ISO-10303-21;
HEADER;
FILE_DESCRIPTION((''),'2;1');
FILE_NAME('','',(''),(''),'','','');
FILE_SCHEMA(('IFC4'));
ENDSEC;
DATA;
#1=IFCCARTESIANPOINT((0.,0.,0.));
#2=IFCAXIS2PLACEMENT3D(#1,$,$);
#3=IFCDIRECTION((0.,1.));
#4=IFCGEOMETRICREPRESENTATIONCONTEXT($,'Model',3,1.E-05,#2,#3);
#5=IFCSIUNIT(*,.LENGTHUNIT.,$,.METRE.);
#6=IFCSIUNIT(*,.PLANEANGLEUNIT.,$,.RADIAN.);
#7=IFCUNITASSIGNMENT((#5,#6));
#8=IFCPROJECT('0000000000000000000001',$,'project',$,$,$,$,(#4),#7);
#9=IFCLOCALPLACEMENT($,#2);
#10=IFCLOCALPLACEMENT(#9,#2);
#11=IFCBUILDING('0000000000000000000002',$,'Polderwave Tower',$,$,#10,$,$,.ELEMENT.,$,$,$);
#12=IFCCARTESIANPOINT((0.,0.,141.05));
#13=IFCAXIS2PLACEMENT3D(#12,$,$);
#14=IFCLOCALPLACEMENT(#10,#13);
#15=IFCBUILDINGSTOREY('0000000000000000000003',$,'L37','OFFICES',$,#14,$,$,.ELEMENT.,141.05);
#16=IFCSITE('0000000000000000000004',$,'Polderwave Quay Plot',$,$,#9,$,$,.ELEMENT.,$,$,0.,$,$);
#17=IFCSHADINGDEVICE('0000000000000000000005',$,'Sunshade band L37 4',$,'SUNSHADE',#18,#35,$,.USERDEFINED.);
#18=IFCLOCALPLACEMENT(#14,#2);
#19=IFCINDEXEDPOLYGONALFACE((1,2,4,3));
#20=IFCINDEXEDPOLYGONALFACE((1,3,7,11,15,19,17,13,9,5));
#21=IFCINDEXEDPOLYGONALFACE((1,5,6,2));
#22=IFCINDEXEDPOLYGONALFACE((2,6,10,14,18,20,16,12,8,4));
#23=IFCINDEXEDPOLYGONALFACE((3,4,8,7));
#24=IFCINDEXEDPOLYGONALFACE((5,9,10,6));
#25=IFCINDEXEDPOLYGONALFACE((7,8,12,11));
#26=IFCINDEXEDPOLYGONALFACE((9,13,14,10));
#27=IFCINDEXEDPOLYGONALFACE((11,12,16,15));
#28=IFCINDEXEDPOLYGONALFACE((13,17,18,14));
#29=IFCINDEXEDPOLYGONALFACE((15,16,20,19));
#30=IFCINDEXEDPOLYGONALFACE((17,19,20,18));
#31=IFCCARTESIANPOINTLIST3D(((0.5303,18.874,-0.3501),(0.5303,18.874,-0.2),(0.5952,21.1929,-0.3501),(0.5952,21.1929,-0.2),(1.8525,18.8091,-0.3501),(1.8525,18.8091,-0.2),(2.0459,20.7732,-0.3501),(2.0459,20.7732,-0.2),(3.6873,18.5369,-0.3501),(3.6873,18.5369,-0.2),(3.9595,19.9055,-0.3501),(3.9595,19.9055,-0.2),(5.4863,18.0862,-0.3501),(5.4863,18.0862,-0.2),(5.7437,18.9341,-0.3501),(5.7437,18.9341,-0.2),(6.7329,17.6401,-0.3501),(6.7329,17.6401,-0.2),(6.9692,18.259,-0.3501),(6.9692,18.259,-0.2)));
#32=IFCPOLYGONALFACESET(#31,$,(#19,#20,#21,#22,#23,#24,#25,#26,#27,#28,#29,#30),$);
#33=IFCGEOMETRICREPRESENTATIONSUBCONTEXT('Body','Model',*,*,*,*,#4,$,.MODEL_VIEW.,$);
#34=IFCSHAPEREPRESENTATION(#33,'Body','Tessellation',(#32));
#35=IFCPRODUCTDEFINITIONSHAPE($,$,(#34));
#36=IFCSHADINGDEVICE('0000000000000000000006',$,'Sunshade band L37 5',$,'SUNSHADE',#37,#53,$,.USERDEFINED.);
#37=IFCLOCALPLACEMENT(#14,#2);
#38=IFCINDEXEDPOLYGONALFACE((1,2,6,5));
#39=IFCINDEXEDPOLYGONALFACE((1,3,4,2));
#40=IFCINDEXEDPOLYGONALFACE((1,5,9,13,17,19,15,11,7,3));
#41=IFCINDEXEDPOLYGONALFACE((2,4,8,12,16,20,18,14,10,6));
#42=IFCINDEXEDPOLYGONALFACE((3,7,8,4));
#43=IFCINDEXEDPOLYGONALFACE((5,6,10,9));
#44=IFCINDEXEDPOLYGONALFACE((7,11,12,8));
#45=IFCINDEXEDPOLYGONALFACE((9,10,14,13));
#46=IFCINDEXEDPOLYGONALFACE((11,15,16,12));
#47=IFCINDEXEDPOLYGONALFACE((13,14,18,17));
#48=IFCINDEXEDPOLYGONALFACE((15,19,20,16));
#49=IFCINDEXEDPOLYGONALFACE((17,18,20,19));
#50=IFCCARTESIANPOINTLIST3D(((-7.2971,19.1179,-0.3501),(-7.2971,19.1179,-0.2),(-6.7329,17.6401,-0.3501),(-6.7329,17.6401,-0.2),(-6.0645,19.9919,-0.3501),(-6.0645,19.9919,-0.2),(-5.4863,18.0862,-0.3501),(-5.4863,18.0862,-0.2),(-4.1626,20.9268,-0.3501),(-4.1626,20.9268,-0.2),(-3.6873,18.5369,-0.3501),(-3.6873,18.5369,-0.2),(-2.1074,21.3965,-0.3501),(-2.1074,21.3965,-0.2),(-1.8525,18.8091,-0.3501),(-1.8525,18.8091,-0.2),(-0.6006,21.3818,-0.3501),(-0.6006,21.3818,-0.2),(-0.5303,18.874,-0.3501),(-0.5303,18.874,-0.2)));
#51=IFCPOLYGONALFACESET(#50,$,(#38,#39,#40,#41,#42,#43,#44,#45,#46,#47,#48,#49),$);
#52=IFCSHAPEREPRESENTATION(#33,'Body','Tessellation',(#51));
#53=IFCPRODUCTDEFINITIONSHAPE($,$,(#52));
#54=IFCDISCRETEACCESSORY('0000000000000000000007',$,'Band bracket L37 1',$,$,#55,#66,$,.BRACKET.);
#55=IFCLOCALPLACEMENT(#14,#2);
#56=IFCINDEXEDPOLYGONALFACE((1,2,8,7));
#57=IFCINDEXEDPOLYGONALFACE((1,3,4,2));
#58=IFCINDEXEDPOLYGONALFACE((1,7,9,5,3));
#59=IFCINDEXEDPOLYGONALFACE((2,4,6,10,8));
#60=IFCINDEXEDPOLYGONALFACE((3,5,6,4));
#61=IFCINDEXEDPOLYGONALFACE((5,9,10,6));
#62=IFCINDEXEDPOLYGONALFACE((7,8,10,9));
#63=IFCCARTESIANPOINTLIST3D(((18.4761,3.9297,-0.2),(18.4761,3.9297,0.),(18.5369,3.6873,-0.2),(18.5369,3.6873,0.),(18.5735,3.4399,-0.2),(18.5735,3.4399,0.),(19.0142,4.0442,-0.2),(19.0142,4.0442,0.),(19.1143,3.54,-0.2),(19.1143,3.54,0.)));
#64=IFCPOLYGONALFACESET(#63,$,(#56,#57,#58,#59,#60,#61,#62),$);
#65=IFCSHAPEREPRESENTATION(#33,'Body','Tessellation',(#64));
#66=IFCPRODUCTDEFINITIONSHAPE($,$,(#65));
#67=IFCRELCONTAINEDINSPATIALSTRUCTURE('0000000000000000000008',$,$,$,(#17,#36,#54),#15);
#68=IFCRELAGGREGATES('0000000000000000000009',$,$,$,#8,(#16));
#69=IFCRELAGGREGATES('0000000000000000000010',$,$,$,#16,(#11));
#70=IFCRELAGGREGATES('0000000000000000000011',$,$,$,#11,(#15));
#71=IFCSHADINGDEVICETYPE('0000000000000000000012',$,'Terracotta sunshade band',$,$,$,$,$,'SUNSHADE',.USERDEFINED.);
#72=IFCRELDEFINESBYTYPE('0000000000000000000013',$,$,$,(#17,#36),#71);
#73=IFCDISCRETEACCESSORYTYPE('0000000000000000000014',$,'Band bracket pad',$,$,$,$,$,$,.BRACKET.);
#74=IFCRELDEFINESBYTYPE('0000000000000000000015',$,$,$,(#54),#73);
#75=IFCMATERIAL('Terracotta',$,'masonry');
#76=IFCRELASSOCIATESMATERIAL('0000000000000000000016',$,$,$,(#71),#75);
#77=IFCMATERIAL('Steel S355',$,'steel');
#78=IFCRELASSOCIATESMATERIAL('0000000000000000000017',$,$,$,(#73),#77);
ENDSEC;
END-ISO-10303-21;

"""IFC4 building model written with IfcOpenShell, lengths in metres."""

from ifc_helpers import new_model, si_unit, direction, frame, origin, place, context, subcontext, project, spatial, polyline, outline, extrude, material, type_object, element, save


model = new_model("IFC4")

# Units and contexts
model_context = context("Model", 3, precision=1e-05, world=origin(), true_north=direction((0.0, 1.0)))
body_context = subcontext(model_context, "Body", "Model", "MODEL_VIEW")
ifc_project = project(units=[si_unit("LENGTHUNIT", "METRE"), si_unit("PLANEANGLEUNIT", "RADIAN")], contexts=[model_context])

# Site, building, storey
site_placement = place(None, origin())
site = spatial("IfcSite", under=ifc_project, at=site_placement, Name="Polderwave Quay Plot", CompositionType="ELEMENT", RefElevation=0.0)
building_placement = place(site_placement, origin())
building = spatial("IfcBuilding", under=site, at=building_placement, Name="Polderwave Tower", CompositionType="ELEMENT")
storey_placement = place(building_placement, frame((0.0, 0.0, 141.05)))
storey = spatial("IfcBuildingStorey", under=building, at=storey_placement, Name="L37", Description="OFFICES", CompositionType="ELEMENT", Elevation=141.05)

# Shading devices
ifc_material_1 = material(Name="Terracotta", Category="masonry")
shading_device_type = type_object("IfcShadingDeviceType", Name="Terracotta sunshade band", ElementType="SUNSHADE", PredefinedType="USERDEFINED", material=ifc_material_1)
shading_device_1_placement = place(storey_placement, frame((0.0, 0.0, -0.3501)))
element("IfcShadingDevice", 1, at=shading_device_1_placement, inside=storey, type_object=shading_device_type, Name="Sunshade band L37 4", ObjectType="SUNSHADE", PredefinedType="USERDEFINED", context=body_context, shape_type="SweptSolid", body=[
    extrude(outline(polyline([(6.7329, 17.6401), (5.4863, 18.0862), (3.6873, 18.5369), (1.8525, 18.8091), (0.5303, 18.874), (0.5952, 21.1929), (2.0459, 20.7732), (3.9595, 19.9055), (5.7437, 18.9341), (6.9692, 18.259), (6.7329, 17.6401)])), origin(), (0.0, 0.0, 1.0), 0.1501),
])
shading_device_2_placement = place(storey_placement, frame((0.0, 0.0, -0.3501)))
element("IfcShadingDevice", 2, at=shading_device_2_placement, inside=storey, type_object=shading_device_type, Name="Sunshade band L37 5", ObjectType="SUNSHADE", PredefinedType="USERDEFINED", context=body_context, shape_type="SweptSolid", body=[
    extrude(outline(polyline([(-0.5303, 18.874), (-1.8525, 18.8091), (-3.6873, 18.5369), (-5.4863, 18.0862), (-6.7329, 17.6401), (-7.2971, 19.1179), (-6.0645, 19.9919), (-4.1626, 20.9268), (-2.1074, 21.3965), (-0.6006, 21.3818), (-0.5303, 18.874)])), origin(), (0.0, 0.0, 1.0), 0.1501),
])

# Discrete accessory
ifc_material_2 = material(Name="Steel S355", Category="steel")
discrete_accessory_type = type_object("IfcDiscreteAccessoryType", Name="Band bracket pad", PredefinedType="BRACKET", material=ifc_material_2)
discrete_accessory_placement = place(storey_placement, frame((0.0, 0.0, -0.2)))
element("IfcDiscreteAccessory", 3, at=discrete_accessory_placement, inside=storey, type_object=discrete_accessory_type, Name="Band bracket L37 1", PredefinedType="BRACKET", context=body_context, shape_type="SweptSolid", body=[
    extrude(outline(polyline([(18.5735, 3.4399), (18.5369, 3.6873), (18.4761, 3.9297), (19.0142, 4.0442), (19.1143, 3.54), (18.5735, 3.4399)])), origin(), (0.0, 0.0, 1.0), 0.2),
])

save(model, "model.ifc")
